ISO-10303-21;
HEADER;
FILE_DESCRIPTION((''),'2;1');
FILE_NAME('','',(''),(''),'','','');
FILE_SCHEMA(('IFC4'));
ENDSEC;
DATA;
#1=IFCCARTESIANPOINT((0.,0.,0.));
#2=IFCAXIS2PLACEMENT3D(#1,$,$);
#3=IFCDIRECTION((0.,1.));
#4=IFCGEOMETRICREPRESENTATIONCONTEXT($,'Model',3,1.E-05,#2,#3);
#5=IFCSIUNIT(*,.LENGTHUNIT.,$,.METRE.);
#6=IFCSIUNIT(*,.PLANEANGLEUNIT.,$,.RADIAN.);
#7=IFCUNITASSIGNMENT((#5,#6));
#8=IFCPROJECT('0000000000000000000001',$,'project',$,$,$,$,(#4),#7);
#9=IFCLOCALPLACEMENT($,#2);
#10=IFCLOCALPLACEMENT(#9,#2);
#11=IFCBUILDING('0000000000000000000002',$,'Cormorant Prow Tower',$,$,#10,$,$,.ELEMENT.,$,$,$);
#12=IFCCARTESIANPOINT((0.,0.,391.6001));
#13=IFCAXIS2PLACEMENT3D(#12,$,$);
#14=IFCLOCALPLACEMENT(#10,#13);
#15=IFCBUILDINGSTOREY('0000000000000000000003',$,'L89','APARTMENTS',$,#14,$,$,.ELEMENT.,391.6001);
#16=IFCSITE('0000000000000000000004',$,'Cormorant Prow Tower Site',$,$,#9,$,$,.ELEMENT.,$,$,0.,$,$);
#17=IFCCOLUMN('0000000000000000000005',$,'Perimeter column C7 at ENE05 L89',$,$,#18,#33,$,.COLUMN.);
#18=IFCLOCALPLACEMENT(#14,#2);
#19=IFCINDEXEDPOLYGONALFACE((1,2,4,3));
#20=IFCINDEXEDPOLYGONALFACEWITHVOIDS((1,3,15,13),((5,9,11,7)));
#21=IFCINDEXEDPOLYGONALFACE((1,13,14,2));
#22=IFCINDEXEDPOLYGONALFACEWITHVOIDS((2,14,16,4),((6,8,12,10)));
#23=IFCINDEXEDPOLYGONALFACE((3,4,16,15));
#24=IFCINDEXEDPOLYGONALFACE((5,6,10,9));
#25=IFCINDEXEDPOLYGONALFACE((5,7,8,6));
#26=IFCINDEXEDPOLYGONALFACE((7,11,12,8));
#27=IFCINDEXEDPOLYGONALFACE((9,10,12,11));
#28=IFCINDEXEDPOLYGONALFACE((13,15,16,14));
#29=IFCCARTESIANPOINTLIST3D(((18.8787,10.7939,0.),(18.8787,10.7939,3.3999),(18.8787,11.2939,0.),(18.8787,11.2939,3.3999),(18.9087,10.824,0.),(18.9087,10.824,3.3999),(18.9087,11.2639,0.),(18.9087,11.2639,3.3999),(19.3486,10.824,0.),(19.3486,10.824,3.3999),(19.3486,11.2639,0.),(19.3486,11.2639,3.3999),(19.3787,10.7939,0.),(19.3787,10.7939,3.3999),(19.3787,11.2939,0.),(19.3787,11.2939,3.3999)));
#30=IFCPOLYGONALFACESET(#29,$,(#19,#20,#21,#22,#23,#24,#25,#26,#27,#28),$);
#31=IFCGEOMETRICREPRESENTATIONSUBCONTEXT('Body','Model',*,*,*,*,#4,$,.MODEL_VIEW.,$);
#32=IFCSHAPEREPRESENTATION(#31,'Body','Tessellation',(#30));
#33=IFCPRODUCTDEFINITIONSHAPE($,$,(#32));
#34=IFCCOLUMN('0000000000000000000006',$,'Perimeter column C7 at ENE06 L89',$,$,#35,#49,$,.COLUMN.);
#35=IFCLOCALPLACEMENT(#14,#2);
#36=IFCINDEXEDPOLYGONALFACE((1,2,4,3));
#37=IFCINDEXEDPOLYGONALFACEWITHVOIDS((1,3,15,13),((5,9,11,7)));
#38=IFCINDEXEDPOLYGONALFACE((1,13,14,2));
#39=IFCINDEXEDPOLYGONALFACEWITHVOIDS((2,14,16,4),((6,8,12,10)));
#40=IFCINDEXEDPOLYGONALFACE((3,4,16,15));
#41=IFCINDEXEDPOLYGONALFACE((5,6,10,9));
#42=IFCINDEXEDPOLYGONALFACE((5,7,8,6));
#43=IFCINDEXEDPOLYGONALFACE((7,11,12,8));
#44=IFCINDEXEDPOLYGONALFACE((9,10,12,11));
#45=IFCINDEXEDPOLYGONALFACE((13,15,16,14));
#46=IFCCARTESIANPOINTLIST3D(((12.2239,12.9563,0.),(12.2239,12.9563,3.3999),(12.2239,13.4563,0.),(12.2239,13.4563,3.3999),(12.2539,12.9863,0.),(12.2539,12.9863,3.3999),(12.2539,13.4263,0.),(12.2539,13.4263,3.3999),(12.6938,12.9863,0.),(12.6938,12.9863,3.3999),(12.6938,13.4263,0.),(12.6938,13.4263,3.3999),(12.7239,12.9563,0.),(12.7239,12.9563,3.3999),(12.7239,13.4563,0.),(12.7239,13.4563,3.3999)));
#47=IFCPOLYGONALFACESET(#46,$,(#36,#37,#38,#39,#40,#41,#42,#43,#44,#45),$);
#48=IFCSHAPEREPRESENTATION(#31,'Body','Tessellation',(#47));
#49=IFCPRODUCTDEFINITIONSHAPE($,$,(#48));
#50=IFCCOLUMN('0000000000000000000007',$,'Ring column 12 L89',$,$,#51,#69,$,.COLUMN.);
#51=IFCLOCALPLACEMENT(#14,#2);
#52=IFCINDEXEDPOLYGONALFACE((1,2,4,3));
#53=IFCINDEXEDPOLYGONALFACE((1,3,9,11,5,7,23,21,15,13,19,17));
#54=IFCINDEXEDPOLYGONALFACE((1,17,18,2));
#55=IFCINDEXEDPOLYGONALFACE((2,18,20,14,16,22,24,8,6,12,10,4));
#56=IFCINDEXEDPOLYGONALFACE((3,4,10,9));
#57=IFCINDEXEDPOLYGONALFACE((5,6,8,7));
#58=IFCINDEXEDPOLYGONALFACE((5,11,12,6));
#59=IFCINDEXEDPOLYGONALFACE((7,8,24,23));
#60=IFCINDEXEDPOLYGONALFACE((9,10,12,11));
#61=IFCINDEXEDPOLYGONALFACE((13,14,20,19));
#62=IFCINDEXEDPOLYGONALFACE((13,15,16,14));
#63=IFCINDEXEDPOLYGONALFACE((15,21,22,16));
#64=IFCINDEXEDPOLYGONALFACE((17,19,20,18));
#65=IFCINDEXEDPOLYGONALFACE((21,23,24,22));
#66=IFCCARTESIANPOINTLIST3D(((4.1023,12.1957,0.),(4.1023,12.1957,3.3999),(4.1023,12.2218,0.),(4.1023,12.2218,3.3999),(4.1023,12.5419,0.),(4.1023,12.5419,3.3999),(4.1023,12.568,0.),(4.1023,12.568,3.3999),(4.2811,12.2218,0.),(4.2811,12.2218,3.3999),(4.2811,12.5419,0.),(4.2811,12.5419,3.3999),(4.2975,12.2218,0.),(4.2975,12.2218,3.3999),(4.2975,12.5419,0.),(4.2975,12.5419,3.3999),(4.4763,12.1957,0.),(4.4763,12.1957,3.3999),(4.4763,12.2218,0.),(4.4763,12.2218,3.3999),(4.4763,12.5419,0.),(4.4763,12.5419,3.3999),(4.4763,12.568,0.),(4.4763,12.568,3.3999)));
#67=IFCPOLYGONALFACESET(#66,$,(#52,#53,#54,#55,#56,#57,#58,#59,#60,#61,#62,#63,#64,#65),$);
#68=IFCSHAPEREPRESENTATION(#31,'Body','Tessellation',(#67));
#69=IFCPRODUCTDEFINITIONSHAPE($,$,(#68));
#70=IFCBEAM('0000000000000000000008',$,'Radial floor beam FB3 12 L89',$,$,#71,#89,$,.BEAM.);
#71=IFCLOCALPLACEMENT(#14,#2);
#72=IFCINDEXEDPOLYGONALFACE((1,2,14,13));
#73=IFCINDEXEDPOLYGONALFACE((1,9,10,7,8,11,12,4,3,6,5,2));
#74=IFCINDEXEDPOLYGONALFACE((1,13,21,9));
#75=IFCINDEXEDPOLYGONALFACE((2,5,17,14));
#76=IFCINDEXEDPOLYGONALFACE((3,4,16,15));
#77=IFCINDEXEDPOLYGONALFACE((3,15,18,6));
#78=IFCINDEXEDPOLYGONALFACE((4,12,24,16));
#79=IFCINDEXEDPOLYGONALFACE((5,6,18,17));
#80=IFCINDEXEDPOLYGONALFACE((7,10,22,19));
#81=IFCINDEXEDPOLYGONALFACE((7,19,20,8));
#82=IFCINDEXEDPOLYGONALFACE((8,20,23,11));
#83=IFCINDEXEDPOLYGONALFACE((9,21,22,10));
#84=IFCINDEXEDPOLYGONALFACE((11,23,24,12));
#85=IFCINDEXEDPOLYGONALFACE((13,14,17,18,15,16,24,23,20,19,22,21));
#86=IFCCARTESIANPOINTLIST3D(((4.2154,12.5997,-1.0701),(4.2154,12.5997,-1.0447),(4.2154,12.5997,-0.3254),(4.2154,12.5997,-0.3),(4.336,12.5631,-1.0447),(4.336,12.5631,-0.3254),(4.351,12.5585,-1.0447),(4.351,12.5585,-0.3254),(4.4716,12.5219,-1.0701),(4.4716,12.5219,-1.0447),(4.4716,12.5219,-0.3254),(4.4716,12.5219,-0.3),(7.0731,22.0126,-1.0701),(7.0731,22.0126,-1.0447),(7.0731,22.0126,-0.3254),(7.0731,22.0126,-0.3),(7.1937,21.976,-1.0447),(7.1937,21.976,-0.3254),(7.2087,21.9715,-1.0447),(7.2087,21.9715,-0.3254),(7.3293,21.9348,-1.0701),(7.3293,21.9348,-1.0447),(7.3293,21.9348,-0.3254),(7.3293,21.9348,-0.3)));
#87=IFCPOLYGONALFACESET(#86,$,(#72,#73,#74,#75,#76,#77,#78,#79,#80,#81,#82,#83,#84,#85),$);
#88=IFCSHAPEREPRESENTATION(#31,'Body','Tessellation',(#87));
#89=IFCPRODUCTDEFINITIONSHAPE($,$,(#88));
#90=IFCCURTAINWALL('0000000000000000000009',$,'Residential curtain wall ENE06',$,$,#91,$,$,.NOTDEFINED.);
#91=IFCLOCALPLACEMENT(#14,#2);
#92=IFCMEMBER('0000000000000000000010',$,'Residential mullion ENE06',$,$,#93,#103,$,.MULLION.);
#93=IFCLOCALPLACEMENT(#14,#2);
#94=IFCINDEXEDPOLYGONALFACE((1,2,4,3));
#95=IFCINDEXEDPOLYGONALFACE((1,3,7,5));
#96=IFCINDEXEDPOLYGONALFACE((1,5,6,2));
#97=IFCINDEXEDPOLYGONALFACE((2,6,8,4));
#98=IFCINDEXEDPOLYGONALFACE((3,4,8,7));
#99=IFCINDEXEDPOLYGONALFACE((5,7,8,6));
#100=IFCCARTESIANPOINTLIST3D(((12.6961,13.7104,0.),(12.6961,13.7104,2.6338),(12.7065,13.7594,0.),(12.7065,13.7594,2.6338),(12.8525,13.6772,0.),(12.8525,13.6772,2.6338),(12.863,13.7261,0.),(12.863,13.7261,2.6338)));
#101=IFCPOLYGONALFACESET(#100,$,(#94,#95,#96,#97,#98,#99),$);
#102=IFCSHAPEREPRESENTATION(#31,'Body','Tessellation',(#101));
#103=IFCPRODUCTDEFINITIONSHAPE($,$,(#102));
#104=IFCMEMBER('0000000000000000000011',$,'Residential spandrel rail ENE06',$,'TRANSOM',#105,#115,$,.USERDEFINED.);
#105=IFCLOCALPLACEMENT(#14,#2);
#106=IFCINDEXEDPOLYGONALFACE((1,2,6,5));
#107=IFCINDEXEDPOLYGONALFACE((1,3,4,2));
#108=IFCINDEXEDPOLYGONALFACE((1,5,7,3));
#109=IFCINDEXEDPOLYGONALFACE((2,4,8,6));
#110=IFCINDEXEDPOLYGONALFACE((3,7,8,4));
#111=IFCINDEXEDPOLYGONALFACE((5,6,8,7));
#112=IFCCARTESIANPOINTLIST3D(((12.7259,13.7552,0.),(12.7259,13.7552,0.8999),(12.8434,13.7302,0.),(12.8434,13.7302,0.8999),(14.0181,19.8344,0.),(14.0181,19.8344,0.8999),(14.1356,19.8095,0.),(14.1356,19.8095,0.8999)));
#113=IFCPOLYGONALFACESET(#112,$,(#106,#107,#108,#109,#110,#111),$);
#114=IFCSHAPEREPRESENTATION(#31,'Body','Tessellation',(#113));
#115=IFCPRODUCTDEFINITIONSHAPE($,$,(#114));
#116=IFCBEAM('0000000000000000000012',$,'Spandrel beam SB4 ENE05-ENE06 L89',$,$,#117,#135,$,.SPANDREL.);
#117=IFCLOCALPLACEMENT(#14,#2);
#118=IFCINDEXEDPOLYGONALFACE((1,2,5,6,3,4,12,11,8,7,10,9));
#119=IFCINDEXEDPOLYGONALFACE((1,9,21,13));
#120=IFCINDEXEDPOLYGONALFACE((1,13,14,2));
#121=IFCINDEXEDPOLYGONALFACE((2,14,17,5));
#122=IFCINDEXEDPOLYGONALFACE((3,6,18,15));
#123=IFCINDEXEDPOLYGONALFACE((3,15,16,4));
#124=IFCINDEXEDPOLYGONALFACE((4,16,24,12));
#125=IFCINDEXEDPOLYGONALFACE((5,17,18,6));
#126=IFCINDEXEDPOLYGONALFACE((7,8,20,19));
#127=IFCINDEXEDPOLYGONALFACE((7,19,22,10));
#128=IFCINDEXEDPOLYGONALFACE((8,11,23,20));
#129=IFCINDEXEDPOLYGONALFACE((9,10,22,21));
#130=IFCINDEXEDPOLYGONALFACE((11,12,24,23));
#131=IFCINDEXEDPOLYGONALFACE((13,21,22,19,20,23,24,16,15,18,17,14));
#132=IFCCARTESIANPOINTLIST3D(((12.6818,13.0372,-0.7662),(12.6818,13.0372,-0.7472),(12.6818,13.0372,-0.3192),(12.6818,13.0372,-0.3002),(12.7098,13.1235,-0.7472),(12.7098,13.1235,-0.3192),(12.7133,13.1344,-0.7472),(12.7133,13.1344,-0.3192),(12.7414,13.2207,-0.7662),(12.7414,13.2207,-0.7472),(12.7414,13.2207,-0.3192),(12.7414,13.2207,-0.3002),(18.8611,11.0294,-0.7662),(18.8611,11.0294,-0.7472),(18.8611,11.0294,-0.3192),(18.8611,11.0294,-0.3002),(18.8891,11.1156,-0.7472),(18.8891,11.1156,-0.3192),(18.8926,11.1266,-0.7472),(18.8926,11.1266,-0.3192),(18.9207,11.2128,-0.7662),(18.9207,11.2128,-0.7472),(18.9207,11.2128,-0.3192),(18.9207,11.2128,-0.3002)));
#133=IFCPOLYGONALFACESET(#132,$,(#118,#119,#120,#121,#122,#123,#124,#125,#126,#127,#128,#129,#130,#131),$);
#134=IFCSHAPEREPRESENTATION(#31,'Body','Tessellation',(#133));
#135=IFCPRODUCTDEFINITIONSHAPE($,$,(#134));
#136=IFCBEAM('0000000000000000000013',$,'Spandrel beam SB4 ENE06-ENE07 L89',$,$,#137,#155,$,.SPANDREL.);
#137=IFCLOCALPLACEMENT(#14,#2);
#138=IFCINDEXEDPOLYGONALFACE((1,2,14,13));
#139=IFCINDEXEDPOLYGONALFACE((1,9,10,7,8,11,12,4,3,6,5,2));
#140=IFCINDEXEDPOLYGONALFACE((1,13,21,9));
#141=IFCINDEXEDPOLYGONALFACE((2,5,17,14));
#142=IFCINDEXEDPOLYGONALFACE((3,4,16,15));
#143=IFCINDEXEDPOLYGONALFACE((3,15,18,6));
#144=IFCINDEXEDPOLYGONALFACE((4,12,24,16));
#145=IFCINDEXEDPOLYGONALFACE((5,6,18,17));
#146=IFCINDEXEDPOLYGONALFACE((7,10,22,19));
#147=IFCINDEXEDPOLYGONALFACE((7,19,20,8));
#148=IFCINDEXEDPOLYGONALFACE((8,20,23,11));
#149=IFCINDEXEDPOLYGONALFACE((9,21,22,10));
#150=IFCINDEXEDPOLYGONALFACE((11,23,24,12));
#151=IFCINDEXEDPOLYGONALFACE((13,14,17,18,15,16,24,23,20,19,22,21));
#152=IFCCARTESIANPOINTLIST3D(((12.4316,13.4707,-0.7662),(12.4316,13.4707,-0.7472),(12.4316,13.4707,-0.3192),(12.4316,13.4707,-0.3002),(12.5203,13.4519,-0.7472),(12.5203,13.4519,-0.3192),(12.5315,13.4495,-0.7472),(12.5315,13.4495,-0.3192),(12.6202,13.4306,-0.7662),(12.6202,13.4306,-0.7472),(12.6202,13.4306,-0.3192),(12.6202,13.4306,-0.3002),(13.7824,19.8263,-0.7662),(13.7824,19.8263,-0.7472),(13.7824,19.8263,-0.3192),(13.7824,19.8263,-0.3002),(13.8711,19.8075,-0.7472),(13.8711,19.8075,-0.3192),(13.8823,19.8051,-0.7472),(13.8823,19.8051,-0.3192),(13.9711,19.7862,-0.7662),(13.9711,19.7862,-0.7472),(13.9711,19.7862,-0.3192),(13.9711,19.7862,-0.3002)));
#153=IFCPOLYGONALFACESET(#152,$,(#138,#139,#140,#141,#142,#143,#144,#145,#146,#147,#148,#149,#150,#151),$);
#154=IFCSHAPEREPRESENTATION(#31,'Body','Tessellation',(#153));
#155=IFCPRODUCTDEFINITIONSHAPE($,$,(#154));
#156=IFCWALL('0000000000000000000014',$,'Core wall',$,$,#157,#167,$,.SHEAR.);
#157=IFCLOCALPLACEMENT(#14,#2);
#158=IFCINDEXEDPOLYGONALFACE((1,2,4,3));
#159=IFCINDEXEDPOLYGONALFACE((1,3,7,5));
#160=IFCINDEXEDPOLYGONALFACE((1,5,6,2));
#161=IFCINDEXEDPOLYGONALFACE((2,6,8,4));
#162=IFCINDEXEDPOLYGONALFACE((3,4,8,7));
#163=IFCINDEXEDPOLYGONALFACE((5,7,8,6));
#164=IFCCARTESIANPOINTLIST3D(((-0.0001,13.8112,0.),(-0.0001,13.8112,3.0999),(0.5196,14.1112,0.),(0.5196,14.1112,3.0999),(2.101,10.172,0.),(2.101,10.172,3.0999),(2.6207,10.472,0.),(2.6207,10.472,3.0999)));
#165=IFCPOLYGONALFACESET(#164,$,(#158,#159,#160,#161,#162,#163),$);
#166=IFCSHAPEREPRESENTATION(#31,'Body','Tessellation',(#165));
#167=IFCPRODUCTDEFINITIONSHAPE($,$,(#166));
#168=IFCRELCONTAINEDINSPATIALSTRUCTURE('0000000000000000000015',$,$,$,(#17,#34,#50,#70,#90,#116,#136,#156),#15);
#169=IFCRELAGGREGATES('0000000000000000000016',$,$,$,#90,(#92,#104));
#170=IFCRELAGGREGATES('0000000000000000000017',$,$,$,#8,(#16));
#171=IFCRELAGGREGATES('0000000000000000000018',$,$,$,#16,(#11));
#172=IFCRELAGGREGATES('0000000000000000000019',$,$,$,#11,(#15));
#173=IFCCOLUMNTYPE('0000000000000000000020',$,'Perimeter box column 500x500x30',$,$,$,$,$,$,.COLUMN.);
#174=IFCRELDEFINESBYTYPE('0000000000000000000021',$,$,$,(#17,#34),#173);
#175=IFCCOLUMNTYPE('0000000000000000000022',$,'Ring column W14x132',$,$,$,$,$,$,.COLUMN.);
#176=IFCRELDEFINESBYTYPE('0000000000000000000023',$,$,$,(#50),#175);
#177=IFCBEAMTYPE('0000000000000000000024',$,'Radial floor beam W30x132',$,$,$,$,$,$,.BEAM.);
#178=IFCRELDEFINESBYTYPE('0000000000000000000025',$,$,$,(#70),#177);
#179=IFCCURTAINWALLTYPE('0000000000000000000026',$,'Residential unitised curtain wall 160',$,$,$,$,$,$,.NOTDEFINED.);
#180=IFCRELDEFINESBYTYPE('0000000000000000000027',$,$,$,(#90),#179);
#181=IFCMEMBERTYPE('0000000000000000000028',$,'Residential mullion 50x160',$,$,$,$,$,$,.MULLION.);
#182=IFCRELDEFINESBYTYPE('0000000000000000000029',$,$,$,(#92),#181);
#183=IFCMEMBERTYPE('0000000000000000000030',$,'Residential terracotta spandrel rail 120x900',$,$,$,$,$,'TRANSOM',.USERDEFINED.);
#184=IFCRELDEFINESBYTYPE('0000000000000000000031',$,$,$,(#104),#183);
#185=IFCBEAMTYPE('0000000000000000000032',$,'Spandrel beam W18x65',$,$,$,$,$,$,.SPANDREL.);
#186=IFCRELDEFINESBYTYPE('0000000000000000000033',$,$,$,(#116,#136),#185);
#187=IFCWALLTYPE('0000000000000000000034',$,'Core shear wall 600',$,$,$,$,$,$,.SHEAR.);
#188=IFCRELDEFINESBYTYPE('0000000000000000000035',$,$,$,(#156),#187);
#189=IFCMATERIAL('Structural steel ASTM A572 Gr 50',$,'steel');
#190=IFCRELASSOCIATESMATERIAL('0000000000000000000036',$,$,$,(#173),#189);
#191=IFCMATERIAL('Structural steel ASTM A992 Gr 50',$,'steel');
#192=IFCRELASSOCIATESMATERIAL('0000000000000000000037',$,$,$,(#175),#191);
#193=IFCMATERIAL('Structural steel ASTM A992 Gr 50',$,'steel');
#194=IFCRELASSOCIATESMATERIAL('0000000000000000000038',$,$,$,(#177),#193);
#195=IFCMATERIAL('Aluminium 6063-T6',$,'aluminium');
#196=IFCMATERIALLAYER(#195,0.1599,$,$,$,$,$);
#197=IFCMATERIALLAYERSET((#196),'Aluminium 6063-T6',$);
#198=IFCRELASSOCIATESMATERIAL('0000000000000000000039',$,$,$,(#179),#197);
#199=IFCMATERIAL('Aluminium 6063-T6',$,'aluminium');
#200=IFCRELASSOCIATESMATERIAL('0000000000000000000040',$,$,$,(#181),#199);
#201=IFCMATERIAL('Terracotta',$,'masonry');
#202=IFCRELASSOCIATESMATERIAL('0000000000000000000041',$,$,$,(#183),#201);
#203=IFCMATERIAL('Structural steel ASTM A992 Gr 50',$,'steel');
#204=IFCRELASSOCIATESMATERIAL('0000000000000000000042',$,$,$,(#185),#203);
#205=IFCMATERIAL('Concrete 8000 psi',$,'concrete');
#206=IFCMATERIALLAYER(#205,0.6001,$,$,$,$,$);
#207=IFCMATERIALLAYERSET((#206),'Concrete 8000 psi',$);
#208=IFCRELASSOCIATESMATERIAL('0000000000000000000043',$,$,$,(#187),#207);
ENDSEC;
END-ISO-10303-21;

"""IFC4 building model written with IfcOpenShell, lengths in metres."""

from ifc_helpers import new_model, si_unit, direction, frame, frame_2d, origin, origin_2d, place, context, subcontext, project, spatial, rectangle, hollow_rectangle, i_section, extrude, material, layer, layer_set, material_profile, profile_set, type_object, element, aggregate, save


model = new_model("IFC4")

# Units and contexts
model_context = context("Model", 3, precision=1e-05, world=origin(), true_north=direction((0.0, 1.0)))
body_context = subcontext(model_context, "Body", "Model", "MODEL_VIEW")
ifc_project = project(units=[si_unit("LENGTHUNIT", "METRE"), si_unit("PLANEANGLEUNIT", "RADIAN")], contexts=[model_context])

# Site, building, storey
site_placement = place(None, origin())
site = spatial("IfcSite", under=ifc_project, at=site_placement, Name="Cormorant Prow Tower Site", CompositionType="ELEMENT", RefElevation=0.0)
building_placement = place(site_placement, origin())
building = spatial("IfcBuilding", under=site, at=building_placement, Name="Cormorant Prow Tower", CompositionType="ELEMENT")
storey_placement = place(building_placement, frame((0.0, 0.0, 391.6001)))
storey = spatial("IfcBuildingStorey", under=building, at=storey_placement, Name="L89", Description="APARTMENTS", CompositionType="ELEMENT", Elevation=391.6001)

# Columns
ifc_material_1 = material(Name="Structural steel ASTM A572 Gr 50", Category="steel")
ifc_material_profile_1 = material_profile(ifc_material_1, hollow_rectangle(XDim=0.5, YDim=0.5, WallThickness=0.03, at=origin_2d()), Name="Box 500x500x30")
ifc_profile_set_1 = profile_set([ifc_material_profile_1], Name="Structural steel ASTM A572 Gr 50")
column_type_1 = type_object("IfcColumnType", Name="Perimeter box column 500x500x30", PredefinedType="COLUMN", material=ifc_profile_set_1)
for number, where, z_axis, x_axis, name in (
    (1, (19.1287, 11.0439, 0.0), (0.0, 0.0, 1.0), (1.0, 0.0, 0.0), "Perimeter column C7 at ENE05 L89"),
    (2, (12.4739, 13.2063, 0.0), (0.0, 0.0, 1.0), (1.0, 0.0, 0.0), "Perimeter column C7 at ENE06 L89"),
):
    element("IfcColumn", number, at=place(storey_placement, frame(where, z_axis=z_axis, x_axis=x_axis)), inside=storey, type_object=column_type_1, Name=name, PredefinedType="COLUMN", context=body_context, shape_type="SweptSolid", body=[
        extrude(hollow_rectangle(XDim=0.5, YDim=0.5, WallThickness=0.03, at=origin_2d()), origin(), (0.0, 0.0, 1.0), 3.3999),
    ])
ifc_material_2 = material(Name="Structural steel ASTM A992 Gr 50", Category="steel")
ifc_material_profile_2 = material_profile(ifc_material_2, i_section(OverallWidth=0.374, OverallDepth=0.3723, WebThickness=0.0164, FlangeThickness=0.0261, at=origin_2d()), Name="W14x132")
ifc_profile_set_2 = profile_set([ifc_material_profile_2], Name="Structural steel ASTM A992 Gr 50")
column_type_2 = type_object("IfcColumnType", Name="Ring column W14x132", PredefinedType="COLUMN", material=ifc_profile_set_2)
column_placement = place(storey_placement, frame((4.2893, 12.3818, 0.0), z_axis=(0.0, 0.0, 1.0), x_axis=(1.0, 0.0, 0.0)))
element("IfcColumn", 3, at=column_placement, inside=storey, type_object=column_type_2, Name="Ring column 12 L89", PredefinedType="COLUMN", context=body_context, shape_type="SweptSolid", body=[
    extrude(i_section(OverallWidth=0.374, OverallDepth=0.3723, WebThickness=0.0164, FlangeThickness=0.0261, at=origin_2d()), origin(), (0.0, 0.0, 1.0), 3.3999),
])

# Beam
ifc_material_3 = material(Name="Structural steel ASTM A992 Gr 50", Category="steel")
ifc_material_profile_3 = material_profile(ifc_material_3, i_section(OverallWidth=0.2678, OverallDepth=0.77, WebThickness=0.0156, FlangeThickness=0.0254, at=origin_2d()), Name="W30x132")
ifc_profile_set_3 = profile_set([ifc_material_profile_3], Name="Structural steel ASTM A992 Gr 50")
beam_type_1 = type_object("IfcBeamType", Name="Radial floor beam W30x132", PredefinedType="BEAM", material=ifc_profile_set_3)
beam_1_placement = place(storey_placement, frame((4.3435, 12.5608, -0.6851), z_axis=(0.2905, 0.956875, 0.0), x_axis=(-0.956875, 0.2905, 0.0)))
element("IfcBeam", 4, at=beam_1_placement, inside=storey, type_object=beam_type_1, Name="Radial floor beam FB3 12 L89", PredefinedType="BEAM", context=body_context, shape_type="SweptSolid", body=[
    extrude(i_section(OverallWidth=0.2678, OverallDepth=0.77, WebThickness=0.0156, FlangeThickness=0.0254, at=origin_2d()), origin(), (0.0, 0.0, 1.0), 9.8372),
])

# Curtain wall, members
ifc_material_4 = material(Name="Aluminium 6063-T6", Category="aluminium")
ifc_layer_1 = layer(ifc_material_4, 0.1599)
ifc_layer_set_1 = layer_set([ifc_layer_1], Name="Aluminium 6063-T6")
curtain_wall_type = type_object("IfcCurtainWallType", Name="Residential unitised curtain wall 160", PredefinedType="NOTDEFINED", material=ifc_layer_set_1)
curtain_wall_placement = place(storey_placement, origin())
curtain_wall = element("IfcCurtainWall", 5, at=curtain_wall_placement, inside=storey, type_object=curtain_wall_type, Name="Residential curtain wall ENE06", PredefinedType="NOTDEFINED")
ifc_material_5 = material(Name="Aluminium 6063-T6", Category="aluminium")
ifc_material_profile_4 = material_profile(ifc_material_5, rectangle(XDim=0.1599, YDim=0.05, at=origin_2d()), Name="Residential mullion 50x160")
ifc_profile_set_4 = profile_set([ifc_material_profile_4], Name="Aluminium 6063-T6")
member_type_1 = type_object("IfcMemberType", Name="Residential mullion 50x160", PredefinedType="MULLION", material=ifc_profile_set_4)
member_1_placement = place(storey_placement, frame((12.7795, 13.7183, 0.0), z_axis=(0.0, 0.0, 1.0), x_axis=(-0.978148, 0.207912, 0.0)))
member_1 = element("IfcMember", 6, at=member_1_placement, type_object=member_type_1, Name="Residential mullion ENE06", PredefinedType="MULLION", context=body_context, shape_type="SweptSolid", body=[
    extrude(rectangle(XDim=0.1599, YDim=0.05, at=origin_2d()), origin(), (0.0, 0.0, 1.0), 2.6338),
])
ifc_material_6 = material(Name="Terracotta", Category="masonry")
ifc_material_profile_5 = material_profile(ifc_material_6, rectangle(XDim=0.1201, YDim=0.8999, at=origin_2d()), Name="Residential terracotta spandrel rail 120x900")
ifc_profile_set_5 = profile_set([ifc_material_profile_5], Name="Terracotta")
member_type_2 = type_object("IfcMemberType", Name="Residential terracotta spandrel rail 120x900", ElementType="TRANSOM", PredefinedType="USERDEFINED", material=ifc_profile_set_5)
member_2_placement = place(storey_placement, frame((12.7847, 13.7427, 0.45), z_axis=(0.207917, 0.978147, 0.0), x_axis=(-0.978147, 0.207917, 0.0)))
member_2 = element("IfcMember", 7, at=member_2_placement, type_object=member_type_2, Name="Residential spandrel rail ENE06", ObjectType="TRANSOM", PredefinedType="USERDEFINED", context=body_context, shape_type="SweptSolid", body=[
    extrude(rectangle(XDim=0.1201, YDim=0.8999, at=origin_2d()), origin(), (0.0, 0.0, 1.0), 6.2151),
])
aggregate(curtain_wall, [member_1, member_2])

# Beams
ifc_material_7 = material(Name="Structural steel ASTM A992 Gr 50", Category="steel")
ifc_material_profile_6 = material_profile(ifc_material_7, i_section(OverallWidth=0.1929, OverallDepth=0.4661, WebThickness=0.0115, FlangeThickness=0.019, at=origin_2d()), Name="W18x65")
ifc_profile_set_6 = profile_set([ifc_material_profile_6], Name="Structural steel ASTM A992 Gr 50")
beam_type_2 = type_object("IfcBeamType", Name="Spandrel beam W18x65", PredefinedType="SPANDREL", material=ifc_profile_set_6)
beam_2_placement = place(storey_placement, frame((18.8909, 11.1211, -0.5332), z_axis=(-0.951053, 0.309027, 0.0), x_axis=(-0.309027, -0.951053, 0.0)))
element("IfcBeam", 8, at=beam_2_placement, inside=storey, type_object=beam_type_2, Name="Spandrel beam SB4 ENE05-ENE06 L89", PredefinedType="SPANDREL", context=body_context, shape_type="SweptSolid", body=[
    extrude(i_section(OverallWidth=0.1929, OverallDepth=0.4661, WebThickness=0.0115, FlangeThickness=0.019, at=origin_2d()), origin(), (0.0, 0.0, 1.0), 6.4973),
])
beam_3_placement = place(storey_placement, frame((12.5259, 13.4507, -0.5332), z_axis=(0.207902, 0.97815, 0.0), x_axis=(-0.97815, 0.207902, 0.0)))
element("IfcBeam", 9, at=beam_3_placement, inside=storey, type_object=beam_type_2, Name="Spandrel beam SB4 ENE06-ENE07 L89", PredefinedType="SPANDREL", context=body_context, shape_type="SweptSolid", body=[
    extrude(i_section(OverallWidth=0.1929, OverallDepth=0.4661, WebThickness=0.0115, FlangeThickness=0.019, at=origin_2d()), origin(), (0.0, 0.0, 1.0), 6.4976),
])

# Wall
ifc_material_8 = material(Name="Concrete 8000 psi", Category="concrete")
ifc_layer_2 = layer(ifc_material_8, 0.6001)
ifc_layer_set_2 = layer_set([ifc_layer_2], Name="Concrete 8000 psi")
wall_type_1 = type_object("IfcWallType", Name="Core shear wall 600", PredefinedType="SHEAR", material=ifc_layer_set_2)
wall_1_placement = place(storey_placement, frame((2.3608, 10.322, 0.0), z_axis=(0.0, 0.0, 1.0), x_axis=(-0.500001, 0.866025, 0.0)))
element("IfcWall", 10, at=wall_1_placement, inside=storey, type_object=wall_type_1, Name="Core wall", PredefinedType="SHEAR", context=body_context, shape_type="SweptSolid", body=[
    extrude(rectangle(XDim=4.2021, YDim=0.6001, at=frame_2d((2.1011, 0.0))), origin(), (0.0, 0.0, 1.0), 3.0999),
])

save(model, "model.ifc")
